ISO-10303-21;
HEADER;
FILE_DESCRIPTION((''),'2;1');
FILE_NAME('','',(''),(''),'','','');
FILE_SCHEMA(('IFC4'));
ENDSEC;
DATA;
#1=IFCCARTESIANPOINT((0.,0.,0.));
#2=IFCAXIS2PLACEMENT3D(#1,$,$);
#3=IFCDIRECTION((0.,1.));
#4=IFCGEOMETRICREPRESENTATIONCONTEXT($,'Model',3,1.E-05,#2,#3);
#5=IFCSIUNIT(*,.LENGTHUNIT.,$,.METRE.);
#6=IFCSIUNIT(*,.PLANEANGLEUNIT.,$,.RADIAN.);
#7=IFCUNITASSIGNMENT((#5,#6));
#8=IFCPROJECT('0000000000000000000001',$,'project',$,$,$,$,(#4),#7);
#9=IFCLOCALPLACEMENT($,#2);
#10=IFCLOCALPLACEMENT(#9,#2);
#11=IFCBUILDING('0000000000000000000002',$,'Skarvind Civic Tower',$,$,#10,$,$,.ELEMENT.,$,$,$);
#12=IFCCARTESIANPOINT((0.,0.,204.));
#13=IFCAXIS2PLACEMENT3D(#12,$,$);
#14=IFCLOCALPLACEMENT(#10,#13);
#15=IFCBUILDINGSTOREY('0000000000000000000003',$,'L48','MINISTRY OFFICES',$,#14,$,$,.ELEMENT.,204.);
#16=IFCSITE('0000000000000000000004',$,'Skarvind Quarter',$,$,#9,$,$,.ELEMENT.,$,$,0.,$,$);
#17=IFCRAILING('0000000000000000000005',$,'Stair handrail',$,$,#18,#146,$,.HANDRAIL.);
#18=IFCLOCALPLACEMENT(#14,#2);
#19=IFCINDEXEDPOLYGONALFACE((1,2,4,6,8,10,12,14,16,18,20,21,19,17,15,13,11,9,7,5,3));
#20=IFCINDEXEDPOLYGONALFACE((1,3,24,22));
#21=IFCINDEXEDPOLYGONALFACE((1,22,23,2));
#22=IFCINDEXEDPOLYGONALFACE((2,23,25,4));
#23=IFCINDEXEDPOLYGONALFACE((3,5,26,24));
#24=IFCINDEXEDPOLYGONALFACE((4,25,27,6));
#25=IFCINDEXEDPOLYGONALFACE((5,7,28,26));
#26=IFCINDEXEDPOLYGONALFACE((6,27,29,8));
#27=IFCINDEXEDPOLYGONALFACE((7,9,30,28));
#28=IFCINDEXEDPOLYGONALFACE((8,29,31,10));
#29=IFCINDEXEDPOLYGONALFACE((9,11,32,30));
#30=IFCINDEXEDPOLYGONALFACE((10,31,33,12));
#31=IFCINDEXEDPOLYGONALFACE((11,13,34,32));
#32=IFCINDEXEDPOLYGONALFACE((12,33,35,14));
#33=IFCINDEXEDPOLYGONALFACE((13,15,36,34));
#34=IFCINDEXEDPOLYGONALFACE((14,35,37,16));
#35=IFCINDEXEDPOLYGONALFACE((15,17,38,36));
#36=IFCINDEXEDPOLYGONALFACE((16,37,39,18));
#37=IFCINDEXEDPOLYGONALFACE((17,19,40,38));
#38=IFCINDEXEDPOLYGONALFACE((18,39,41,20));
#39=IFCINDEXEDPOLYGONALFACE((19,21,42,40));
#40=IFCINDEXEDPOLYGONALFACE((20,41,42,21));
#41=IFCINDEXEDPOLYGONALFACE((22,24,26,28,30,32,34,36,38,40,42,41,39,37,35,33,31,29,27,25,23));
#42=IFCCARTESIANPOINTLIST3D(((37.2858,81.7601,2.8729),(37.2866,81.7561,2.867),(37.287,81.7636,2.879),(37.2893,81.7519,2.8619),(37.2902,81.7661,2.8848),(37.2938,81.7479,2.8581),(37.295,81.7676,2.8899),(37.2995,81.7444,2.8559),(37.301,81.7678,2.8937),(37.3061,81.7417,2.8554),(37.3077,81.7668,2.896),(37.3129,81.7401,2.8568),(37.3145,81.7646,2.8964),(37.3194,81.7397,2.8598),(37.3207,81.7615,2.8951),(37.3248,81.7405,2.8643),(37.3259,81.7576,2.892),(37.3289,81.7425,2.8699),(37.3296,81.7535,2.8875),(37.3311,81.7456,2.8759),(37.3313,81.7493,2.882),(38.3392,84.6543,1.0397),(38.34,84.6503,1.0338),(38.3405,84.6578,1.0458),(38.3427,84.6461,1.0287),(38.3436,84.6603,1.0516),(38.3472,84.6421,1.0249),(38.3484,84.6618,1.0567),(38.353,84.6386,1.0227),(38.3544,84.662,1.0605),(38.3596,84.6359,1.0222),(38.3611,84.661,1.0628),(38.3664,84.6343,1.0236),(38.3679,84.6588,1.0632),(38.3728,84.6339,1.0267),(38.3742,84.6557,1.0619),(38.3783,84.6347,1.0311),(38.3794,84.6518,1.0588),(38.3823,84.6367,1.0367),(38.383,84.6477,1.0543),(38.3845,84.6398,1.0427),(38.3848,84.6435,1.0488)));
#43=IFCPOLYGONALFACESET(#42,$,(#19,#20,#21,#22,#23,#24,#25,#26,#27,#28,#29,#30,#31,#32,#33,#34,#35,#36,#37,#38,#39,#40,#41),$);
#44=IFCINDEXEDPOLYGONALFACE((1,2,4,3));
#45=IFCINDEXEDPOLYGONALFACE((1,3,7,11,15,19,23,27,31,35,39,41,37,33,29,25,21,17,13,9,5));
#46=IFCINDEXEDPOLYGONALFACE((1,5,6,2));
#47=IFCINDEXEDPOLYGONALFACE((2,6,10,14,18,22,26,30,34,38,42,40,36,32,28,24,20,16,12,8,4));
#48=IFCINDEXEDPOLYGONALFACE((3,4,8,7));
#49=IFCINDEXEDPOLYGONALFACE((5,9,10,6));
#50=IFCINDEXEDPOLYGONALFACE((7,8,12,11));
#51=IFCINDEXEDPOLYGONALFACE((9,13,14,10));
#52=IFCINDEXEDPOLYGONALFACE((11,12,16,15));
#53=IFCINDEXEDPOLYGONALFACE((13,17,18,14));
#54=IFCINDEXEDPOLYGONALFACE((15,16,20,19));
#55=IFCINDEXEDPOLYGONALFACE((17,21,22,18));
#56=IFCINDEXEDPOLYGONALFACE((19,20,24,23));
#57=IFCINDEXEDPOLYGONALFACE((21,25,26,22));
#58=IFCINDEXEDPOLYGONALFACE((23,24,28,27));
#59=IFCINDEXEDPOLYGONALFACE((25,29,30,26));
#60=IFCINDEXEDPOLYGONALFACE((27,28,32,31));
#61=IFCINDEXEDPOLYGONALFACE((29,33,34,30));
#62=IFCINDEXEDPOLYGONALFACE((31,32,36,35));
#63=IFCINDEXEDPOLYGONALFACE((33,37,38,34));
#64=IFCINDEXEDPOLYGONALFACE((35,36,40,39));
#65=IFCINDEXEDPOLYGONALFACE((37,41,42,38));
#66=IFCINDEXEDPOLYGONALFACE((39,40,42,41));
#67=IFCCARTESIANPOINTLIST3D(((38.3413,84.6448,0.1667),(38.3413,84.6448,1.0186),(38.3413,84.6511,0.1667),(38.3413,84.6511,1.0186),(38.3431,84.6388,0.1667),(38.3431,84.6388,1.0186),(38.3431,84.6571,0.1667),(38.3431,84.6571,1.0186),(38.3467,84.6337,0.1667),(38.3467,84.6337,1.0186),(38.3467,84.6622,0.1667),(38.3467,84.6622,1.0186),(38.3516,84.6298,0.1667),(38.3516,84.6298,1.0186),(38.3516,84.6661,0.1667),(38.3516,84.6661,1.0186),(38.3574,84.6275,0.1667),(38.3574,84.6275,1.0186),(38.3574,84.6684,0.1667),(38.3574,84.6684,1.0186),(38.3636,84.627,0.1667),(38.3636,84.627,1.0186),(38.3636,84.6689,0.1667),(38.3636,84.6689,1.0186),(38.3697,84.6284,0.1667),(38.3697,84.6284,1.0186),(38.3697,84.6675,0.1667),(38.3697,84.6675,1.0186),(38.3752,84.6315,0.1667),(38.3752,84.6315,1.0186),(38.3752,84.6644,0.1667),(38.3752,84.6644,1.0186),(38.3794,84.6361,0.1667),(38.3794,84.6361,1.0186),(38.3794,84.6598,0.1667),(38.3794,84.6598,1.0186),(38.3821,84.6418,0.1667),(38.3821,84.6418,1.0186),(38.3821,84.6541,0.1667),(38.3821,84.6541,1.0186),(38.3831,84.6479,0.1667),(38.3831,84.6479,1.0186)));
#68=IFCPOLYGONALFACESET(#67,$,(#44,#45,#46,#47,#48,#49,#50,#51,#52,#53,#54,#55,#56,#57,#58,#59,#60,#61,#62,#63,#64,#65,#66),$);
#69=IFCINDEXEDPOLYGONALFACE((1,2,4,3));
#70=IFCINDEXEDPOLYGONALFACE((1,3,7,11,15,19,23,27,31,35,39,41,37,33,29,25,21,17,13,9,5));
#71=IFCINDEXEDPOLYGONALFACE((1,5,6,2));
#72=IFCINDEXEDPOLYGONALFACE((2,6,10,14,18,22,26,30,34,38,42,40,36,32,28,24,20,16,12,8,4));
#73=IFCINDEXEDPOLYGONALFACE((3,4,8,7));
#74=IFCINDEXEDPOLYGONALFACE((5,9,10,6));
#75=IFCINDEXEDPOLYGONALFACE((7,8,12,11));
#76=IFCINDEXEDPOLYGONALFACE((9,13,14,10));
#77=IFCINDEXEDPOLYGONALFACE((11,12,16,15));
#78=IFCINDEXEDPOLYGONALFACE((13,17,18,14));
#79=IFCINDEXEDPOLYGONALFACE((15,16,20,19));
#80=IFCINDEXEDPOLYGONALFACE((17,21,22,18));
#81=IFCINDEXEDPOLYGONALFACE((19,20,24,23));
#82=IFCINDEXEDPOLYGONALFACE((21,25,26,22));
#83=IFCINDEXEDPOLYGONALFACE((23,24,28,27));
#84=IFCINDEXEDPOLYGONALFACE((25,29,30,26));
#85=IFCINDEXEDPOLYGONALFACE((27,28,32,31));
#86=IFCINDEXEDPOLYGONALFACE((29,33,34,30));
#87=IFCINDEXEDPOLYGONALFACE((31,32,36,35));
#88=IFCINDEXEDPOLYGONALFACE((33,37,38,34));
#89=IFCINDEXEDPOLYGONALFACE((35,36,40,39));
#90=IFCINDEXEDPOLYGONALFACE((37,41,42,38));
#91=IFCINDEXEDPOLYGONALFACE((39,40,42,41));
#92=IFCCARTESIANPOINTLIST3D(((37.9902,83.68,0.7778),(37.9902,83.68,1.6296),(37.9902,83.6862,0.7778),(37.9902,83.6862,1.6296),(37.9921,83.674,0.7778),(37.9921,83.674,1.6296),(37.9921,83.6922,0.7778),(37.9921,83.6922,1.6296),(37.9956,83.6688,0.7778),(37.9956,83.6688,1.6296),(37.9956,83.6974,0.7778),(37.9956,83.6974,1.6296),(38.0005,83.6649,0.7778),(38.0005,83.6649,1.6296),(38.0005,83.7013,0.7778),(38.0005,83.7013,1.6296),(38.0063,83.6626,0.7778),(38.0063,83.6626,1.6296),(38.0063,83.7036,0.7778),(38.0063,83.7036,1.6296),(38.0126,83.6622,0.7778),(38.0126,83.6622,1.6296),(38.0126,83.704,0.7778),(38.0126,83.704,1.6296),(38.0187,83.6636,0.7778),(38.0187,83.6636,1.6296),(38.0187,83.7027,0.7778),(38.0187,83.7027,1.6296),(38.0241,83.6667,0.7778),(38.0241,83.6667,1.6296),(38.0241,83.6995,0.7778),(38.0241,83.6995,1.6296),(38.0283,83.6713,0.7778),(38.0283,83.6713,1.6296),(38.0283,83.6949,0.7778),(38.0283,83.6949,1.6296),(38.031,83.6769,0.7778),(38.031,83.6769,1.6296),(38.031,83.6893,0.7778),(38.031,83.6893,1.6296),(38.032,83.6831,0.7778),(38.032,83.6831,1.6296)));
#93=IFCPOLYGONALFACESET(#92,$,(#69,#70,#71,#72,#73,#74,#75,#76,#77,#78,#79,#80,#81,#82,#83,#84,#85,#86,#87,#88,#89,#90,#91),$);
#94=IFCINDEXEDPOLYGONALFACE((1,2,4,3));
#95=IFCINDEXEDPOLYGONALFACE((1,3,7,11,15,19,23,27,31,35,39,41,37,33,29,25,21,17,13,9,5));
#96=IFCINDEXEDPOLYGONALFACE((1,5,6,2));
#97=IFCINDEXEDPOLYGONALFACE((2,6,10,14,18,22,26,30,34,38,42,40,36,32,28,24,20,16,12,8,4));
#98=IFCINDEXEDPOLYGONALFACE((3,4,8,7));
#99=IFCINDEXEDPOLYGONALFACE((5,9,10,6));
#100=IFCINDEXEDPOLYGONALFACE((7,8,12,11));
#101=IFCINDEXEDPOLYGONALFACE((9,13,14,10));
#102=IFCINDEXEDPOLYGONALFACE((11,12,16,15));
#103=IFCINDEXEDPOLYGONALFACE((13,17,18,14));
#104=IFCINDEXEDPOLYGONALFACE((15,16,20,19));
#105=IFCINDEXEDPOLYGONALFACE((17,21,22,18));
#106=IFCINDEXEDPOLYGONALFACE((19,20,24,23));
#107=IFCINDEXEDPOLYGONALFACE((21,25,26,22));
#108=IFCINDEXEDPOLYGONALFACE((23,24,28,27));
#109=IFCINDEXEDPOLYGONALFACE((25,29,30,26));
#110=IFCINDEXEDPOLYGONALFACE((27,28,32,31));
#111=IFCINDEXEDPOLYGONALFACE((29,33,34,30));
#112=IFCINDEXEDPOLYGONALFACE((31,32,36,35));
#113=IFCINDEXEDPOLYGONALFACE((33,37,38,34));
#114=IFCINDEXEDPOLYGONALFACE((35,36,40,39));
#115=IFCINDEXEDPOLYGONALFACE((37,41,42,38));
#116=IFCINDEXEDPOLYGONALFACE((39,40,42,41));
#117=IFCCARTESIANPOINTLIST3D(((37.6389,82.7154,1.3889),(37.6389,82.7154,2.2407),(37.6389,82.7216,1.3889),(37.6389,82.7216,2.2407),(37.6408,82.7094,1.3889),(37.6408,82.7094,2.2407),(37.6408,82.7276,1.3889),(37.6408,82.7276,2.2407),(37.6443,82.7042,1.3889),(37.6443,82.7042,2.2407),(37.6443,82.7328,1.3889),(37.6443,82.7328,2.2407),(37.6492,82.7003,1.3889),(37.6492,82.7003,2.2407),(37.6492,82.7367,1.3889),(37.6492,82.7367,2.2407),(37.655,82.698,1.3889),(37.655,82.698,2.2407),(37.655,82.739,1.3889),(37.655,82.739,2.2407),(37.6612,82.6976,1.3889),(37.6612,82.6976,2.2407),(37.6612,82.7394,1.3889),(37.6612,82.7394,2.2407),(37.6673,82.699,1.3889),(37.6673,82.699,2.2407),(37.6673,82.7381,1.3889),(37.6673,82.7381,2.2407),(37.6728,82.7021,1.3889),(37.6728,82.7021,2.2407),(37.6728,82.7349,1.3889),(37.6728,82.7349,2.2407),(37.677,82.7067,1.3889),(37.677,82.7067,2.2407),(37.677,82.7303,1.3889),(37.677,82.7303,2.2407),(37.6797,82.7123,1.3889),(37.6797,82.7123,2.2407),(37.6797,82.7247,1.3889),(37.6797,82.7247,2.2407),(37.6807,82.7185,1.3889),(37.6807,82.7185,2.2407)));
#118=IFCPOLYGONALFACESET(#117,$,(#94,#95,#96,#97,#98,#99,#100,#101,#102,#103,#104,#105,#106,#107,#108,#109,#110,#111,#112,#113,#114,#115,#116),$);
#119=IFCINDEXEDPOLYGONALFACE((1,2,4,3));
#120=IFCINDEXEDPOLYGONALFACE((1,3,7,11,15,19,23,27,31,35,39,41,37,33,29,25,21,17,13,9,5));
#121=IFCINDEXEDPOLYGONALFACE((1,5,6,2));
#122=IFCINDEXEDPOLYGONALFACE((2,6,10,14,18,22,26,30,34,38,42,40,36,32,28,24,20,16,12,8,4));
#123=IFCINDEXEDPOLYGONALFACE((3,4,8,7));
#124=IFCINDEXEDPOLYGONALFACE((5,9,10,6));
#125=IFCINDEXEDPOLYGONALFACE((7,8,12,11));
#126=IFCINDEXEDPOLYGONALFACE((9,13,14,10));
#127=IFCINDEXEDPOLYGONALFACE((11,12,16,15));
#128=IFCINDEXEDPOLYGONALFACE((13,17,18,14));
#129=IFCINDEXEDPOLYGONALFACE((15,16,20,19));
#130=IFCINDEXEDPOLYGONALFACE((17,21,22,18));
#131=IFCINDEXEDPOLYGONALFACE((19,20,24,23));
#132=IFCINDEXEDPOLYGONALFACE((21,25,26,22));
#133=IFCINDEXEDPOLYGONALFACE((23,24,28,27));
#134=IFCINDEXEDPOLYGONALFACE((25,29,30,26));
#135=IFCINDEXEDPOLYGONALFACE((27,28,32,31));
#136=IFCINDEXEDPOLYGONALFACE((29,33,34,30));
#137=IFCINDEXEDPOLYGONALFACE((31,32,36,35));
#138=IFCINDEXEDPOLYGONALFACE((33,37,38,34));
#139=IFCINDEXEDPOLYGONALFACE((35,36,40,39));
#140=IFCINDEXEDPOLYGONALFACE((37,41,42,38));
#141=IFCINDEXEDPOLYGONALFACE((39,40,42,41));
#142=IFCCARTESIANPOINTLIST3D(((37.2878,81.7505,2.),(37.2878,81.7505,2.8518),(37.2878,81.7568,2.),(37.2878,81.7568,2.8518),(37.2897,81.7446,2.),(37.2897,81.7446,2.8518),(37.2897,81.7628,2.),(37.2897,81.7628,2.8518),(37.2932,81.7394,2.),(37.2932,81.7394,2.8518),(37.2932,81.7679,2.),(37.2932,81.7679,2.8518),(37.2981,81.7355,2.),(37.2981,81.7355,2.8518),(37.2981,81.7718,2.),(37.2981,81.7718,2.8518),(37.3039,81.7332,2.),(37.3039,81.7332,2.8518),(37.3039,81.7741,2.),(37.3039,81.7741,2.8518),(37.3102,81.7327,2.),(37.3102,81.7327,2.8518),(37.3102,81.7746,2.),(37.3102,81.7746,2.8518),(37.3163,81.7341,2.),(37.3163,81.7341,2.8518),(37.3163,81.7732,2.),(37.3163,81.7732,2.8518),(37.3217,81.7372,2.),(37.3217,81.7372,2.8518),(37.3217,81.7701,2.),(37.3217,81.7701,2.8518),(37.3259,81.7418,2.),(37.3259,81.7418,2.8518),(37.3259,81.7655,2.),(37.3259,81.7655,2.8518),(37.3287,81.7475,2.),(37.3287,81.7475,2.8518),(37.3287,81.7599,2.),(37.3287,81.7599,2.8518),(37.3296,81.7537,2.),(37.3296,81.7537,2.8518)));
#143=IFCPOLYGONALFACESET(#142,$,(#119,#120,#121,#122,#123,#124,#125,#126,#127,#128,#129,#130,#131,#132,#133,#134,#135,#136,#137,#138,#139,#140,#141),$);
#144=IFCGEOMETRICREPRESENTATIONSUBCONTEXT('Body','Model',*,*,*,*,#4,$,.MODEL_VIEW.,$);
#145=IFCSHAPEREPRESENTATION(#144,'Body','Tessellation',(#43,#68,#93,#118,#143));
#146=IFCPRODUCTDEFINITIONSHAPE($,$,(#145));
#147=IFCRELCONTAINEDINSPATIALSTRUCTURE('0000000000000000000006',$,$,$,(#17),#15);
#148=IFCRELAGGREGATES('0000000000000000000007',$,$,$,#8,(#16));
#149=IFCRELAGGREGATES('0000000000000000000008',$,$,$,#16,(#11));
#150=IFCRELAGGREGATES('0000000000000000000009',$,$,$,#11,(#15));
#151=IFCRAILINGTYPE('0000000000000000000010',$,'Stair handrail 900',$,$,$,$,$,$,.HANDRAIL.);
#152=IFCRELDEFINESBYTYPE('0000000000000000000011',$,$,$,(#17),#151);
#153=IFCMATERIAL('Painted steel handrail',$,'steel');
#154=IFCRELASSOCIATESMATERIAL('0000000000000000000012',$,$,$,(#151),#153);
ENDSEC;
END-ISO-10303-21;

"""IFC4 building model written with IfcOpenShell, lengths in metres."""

from ifc_helpers import new_model, si_unit, direction, frame, origin, origin_2d, place, context, subcontext, project, spatial, circle, extrude, material, type_object, element, save


model = new_model("IFC4")

# Units and contexts
model_context = context("Model", 3, precision=1e-05, world=origin(), true_north=direction((0.0, 1.0)))
body_context = subcontext(model_context, "Body", "Model", "MODEL_VIEW")
ifc_project = project(units=[si_unit("LENGTHUNIT", "METRE"), si_unit("PLANEANGLEUNIT", "RADIAN")], contexts=[model_context])

# Site, building, storey
site_placement = place(None, origin())
site = spatial("IfcSite", under=ifc_project, at=site_placement, Name="Skarvind Quarter", CompositionType="ELEMENT", RefElevation=0.0)
building_placement = place(site_placement, origin())
building = spatial("IfcBuilding", under=site, at=building_placement, Name="Skarvind Civic Tower", CompositionType="ELEMENT")
storey_placement = place(building_placement, frame((0.0, 0.0, 204.0)))
storey = spatial("IfcBuildingStorey", under=building, at=storey_placement, Name="L48", Description="MINISTRY OFFICES", CompositionType="ELEMENT", Elevation=204.0)

# Railing
ifc_material_1 = material(Name="Painted steel handrail", Category="steel")
railing_type = type_object("IfcRailingType", Name="Stair handrail 900", PredefinedType="HANDRAIL", material=ifc_material_1)
railing_placement = place(storey_placement, frame((38.3621, 84.6479, 0.1667)))
element("IfcRailing", 1, at=railing_placement, inside=storey, type_object=railing_type, Name="Stair handrail", PredefinedType="HANDRAIL", context=body_context, shape_type="SweptSolid", body=[
    extrude(circle(Radius=0.0239, at=origin_2d()), frame((0.0, 0.0, 0.876), z_axis=(-0.293908, -0.807481, 0.511461), x_axis=(0.939689, -0.342029, 0.0)), (0.0, 0.0, 1.0), 3.5842),
    extrude(circle(Radius=0.021, at=origin_2d()), origin(), (0.0, 0.0, 1.0), 0.8518),
    extrude(circle(Radius=0.021, at=origin_2d()), frame((-0.3511, -0.9648, 0.6111)), (0.0, 0.0, 1.0), 0.8518),
    extrude(circle(Radius=0.021, at=origin_2d()), frame((-0.7024, -1.9294, 1.2222)), (0.0, 0.0, 1.0), 0.8518),
    extrude(circle(Radius=0.021, at=origin_2d()), frame((-1.0535, -2.8943, 1.8333)), (0.0, 0.0, 1.0), 0.8518),
])

save(model, "model.ifc")
